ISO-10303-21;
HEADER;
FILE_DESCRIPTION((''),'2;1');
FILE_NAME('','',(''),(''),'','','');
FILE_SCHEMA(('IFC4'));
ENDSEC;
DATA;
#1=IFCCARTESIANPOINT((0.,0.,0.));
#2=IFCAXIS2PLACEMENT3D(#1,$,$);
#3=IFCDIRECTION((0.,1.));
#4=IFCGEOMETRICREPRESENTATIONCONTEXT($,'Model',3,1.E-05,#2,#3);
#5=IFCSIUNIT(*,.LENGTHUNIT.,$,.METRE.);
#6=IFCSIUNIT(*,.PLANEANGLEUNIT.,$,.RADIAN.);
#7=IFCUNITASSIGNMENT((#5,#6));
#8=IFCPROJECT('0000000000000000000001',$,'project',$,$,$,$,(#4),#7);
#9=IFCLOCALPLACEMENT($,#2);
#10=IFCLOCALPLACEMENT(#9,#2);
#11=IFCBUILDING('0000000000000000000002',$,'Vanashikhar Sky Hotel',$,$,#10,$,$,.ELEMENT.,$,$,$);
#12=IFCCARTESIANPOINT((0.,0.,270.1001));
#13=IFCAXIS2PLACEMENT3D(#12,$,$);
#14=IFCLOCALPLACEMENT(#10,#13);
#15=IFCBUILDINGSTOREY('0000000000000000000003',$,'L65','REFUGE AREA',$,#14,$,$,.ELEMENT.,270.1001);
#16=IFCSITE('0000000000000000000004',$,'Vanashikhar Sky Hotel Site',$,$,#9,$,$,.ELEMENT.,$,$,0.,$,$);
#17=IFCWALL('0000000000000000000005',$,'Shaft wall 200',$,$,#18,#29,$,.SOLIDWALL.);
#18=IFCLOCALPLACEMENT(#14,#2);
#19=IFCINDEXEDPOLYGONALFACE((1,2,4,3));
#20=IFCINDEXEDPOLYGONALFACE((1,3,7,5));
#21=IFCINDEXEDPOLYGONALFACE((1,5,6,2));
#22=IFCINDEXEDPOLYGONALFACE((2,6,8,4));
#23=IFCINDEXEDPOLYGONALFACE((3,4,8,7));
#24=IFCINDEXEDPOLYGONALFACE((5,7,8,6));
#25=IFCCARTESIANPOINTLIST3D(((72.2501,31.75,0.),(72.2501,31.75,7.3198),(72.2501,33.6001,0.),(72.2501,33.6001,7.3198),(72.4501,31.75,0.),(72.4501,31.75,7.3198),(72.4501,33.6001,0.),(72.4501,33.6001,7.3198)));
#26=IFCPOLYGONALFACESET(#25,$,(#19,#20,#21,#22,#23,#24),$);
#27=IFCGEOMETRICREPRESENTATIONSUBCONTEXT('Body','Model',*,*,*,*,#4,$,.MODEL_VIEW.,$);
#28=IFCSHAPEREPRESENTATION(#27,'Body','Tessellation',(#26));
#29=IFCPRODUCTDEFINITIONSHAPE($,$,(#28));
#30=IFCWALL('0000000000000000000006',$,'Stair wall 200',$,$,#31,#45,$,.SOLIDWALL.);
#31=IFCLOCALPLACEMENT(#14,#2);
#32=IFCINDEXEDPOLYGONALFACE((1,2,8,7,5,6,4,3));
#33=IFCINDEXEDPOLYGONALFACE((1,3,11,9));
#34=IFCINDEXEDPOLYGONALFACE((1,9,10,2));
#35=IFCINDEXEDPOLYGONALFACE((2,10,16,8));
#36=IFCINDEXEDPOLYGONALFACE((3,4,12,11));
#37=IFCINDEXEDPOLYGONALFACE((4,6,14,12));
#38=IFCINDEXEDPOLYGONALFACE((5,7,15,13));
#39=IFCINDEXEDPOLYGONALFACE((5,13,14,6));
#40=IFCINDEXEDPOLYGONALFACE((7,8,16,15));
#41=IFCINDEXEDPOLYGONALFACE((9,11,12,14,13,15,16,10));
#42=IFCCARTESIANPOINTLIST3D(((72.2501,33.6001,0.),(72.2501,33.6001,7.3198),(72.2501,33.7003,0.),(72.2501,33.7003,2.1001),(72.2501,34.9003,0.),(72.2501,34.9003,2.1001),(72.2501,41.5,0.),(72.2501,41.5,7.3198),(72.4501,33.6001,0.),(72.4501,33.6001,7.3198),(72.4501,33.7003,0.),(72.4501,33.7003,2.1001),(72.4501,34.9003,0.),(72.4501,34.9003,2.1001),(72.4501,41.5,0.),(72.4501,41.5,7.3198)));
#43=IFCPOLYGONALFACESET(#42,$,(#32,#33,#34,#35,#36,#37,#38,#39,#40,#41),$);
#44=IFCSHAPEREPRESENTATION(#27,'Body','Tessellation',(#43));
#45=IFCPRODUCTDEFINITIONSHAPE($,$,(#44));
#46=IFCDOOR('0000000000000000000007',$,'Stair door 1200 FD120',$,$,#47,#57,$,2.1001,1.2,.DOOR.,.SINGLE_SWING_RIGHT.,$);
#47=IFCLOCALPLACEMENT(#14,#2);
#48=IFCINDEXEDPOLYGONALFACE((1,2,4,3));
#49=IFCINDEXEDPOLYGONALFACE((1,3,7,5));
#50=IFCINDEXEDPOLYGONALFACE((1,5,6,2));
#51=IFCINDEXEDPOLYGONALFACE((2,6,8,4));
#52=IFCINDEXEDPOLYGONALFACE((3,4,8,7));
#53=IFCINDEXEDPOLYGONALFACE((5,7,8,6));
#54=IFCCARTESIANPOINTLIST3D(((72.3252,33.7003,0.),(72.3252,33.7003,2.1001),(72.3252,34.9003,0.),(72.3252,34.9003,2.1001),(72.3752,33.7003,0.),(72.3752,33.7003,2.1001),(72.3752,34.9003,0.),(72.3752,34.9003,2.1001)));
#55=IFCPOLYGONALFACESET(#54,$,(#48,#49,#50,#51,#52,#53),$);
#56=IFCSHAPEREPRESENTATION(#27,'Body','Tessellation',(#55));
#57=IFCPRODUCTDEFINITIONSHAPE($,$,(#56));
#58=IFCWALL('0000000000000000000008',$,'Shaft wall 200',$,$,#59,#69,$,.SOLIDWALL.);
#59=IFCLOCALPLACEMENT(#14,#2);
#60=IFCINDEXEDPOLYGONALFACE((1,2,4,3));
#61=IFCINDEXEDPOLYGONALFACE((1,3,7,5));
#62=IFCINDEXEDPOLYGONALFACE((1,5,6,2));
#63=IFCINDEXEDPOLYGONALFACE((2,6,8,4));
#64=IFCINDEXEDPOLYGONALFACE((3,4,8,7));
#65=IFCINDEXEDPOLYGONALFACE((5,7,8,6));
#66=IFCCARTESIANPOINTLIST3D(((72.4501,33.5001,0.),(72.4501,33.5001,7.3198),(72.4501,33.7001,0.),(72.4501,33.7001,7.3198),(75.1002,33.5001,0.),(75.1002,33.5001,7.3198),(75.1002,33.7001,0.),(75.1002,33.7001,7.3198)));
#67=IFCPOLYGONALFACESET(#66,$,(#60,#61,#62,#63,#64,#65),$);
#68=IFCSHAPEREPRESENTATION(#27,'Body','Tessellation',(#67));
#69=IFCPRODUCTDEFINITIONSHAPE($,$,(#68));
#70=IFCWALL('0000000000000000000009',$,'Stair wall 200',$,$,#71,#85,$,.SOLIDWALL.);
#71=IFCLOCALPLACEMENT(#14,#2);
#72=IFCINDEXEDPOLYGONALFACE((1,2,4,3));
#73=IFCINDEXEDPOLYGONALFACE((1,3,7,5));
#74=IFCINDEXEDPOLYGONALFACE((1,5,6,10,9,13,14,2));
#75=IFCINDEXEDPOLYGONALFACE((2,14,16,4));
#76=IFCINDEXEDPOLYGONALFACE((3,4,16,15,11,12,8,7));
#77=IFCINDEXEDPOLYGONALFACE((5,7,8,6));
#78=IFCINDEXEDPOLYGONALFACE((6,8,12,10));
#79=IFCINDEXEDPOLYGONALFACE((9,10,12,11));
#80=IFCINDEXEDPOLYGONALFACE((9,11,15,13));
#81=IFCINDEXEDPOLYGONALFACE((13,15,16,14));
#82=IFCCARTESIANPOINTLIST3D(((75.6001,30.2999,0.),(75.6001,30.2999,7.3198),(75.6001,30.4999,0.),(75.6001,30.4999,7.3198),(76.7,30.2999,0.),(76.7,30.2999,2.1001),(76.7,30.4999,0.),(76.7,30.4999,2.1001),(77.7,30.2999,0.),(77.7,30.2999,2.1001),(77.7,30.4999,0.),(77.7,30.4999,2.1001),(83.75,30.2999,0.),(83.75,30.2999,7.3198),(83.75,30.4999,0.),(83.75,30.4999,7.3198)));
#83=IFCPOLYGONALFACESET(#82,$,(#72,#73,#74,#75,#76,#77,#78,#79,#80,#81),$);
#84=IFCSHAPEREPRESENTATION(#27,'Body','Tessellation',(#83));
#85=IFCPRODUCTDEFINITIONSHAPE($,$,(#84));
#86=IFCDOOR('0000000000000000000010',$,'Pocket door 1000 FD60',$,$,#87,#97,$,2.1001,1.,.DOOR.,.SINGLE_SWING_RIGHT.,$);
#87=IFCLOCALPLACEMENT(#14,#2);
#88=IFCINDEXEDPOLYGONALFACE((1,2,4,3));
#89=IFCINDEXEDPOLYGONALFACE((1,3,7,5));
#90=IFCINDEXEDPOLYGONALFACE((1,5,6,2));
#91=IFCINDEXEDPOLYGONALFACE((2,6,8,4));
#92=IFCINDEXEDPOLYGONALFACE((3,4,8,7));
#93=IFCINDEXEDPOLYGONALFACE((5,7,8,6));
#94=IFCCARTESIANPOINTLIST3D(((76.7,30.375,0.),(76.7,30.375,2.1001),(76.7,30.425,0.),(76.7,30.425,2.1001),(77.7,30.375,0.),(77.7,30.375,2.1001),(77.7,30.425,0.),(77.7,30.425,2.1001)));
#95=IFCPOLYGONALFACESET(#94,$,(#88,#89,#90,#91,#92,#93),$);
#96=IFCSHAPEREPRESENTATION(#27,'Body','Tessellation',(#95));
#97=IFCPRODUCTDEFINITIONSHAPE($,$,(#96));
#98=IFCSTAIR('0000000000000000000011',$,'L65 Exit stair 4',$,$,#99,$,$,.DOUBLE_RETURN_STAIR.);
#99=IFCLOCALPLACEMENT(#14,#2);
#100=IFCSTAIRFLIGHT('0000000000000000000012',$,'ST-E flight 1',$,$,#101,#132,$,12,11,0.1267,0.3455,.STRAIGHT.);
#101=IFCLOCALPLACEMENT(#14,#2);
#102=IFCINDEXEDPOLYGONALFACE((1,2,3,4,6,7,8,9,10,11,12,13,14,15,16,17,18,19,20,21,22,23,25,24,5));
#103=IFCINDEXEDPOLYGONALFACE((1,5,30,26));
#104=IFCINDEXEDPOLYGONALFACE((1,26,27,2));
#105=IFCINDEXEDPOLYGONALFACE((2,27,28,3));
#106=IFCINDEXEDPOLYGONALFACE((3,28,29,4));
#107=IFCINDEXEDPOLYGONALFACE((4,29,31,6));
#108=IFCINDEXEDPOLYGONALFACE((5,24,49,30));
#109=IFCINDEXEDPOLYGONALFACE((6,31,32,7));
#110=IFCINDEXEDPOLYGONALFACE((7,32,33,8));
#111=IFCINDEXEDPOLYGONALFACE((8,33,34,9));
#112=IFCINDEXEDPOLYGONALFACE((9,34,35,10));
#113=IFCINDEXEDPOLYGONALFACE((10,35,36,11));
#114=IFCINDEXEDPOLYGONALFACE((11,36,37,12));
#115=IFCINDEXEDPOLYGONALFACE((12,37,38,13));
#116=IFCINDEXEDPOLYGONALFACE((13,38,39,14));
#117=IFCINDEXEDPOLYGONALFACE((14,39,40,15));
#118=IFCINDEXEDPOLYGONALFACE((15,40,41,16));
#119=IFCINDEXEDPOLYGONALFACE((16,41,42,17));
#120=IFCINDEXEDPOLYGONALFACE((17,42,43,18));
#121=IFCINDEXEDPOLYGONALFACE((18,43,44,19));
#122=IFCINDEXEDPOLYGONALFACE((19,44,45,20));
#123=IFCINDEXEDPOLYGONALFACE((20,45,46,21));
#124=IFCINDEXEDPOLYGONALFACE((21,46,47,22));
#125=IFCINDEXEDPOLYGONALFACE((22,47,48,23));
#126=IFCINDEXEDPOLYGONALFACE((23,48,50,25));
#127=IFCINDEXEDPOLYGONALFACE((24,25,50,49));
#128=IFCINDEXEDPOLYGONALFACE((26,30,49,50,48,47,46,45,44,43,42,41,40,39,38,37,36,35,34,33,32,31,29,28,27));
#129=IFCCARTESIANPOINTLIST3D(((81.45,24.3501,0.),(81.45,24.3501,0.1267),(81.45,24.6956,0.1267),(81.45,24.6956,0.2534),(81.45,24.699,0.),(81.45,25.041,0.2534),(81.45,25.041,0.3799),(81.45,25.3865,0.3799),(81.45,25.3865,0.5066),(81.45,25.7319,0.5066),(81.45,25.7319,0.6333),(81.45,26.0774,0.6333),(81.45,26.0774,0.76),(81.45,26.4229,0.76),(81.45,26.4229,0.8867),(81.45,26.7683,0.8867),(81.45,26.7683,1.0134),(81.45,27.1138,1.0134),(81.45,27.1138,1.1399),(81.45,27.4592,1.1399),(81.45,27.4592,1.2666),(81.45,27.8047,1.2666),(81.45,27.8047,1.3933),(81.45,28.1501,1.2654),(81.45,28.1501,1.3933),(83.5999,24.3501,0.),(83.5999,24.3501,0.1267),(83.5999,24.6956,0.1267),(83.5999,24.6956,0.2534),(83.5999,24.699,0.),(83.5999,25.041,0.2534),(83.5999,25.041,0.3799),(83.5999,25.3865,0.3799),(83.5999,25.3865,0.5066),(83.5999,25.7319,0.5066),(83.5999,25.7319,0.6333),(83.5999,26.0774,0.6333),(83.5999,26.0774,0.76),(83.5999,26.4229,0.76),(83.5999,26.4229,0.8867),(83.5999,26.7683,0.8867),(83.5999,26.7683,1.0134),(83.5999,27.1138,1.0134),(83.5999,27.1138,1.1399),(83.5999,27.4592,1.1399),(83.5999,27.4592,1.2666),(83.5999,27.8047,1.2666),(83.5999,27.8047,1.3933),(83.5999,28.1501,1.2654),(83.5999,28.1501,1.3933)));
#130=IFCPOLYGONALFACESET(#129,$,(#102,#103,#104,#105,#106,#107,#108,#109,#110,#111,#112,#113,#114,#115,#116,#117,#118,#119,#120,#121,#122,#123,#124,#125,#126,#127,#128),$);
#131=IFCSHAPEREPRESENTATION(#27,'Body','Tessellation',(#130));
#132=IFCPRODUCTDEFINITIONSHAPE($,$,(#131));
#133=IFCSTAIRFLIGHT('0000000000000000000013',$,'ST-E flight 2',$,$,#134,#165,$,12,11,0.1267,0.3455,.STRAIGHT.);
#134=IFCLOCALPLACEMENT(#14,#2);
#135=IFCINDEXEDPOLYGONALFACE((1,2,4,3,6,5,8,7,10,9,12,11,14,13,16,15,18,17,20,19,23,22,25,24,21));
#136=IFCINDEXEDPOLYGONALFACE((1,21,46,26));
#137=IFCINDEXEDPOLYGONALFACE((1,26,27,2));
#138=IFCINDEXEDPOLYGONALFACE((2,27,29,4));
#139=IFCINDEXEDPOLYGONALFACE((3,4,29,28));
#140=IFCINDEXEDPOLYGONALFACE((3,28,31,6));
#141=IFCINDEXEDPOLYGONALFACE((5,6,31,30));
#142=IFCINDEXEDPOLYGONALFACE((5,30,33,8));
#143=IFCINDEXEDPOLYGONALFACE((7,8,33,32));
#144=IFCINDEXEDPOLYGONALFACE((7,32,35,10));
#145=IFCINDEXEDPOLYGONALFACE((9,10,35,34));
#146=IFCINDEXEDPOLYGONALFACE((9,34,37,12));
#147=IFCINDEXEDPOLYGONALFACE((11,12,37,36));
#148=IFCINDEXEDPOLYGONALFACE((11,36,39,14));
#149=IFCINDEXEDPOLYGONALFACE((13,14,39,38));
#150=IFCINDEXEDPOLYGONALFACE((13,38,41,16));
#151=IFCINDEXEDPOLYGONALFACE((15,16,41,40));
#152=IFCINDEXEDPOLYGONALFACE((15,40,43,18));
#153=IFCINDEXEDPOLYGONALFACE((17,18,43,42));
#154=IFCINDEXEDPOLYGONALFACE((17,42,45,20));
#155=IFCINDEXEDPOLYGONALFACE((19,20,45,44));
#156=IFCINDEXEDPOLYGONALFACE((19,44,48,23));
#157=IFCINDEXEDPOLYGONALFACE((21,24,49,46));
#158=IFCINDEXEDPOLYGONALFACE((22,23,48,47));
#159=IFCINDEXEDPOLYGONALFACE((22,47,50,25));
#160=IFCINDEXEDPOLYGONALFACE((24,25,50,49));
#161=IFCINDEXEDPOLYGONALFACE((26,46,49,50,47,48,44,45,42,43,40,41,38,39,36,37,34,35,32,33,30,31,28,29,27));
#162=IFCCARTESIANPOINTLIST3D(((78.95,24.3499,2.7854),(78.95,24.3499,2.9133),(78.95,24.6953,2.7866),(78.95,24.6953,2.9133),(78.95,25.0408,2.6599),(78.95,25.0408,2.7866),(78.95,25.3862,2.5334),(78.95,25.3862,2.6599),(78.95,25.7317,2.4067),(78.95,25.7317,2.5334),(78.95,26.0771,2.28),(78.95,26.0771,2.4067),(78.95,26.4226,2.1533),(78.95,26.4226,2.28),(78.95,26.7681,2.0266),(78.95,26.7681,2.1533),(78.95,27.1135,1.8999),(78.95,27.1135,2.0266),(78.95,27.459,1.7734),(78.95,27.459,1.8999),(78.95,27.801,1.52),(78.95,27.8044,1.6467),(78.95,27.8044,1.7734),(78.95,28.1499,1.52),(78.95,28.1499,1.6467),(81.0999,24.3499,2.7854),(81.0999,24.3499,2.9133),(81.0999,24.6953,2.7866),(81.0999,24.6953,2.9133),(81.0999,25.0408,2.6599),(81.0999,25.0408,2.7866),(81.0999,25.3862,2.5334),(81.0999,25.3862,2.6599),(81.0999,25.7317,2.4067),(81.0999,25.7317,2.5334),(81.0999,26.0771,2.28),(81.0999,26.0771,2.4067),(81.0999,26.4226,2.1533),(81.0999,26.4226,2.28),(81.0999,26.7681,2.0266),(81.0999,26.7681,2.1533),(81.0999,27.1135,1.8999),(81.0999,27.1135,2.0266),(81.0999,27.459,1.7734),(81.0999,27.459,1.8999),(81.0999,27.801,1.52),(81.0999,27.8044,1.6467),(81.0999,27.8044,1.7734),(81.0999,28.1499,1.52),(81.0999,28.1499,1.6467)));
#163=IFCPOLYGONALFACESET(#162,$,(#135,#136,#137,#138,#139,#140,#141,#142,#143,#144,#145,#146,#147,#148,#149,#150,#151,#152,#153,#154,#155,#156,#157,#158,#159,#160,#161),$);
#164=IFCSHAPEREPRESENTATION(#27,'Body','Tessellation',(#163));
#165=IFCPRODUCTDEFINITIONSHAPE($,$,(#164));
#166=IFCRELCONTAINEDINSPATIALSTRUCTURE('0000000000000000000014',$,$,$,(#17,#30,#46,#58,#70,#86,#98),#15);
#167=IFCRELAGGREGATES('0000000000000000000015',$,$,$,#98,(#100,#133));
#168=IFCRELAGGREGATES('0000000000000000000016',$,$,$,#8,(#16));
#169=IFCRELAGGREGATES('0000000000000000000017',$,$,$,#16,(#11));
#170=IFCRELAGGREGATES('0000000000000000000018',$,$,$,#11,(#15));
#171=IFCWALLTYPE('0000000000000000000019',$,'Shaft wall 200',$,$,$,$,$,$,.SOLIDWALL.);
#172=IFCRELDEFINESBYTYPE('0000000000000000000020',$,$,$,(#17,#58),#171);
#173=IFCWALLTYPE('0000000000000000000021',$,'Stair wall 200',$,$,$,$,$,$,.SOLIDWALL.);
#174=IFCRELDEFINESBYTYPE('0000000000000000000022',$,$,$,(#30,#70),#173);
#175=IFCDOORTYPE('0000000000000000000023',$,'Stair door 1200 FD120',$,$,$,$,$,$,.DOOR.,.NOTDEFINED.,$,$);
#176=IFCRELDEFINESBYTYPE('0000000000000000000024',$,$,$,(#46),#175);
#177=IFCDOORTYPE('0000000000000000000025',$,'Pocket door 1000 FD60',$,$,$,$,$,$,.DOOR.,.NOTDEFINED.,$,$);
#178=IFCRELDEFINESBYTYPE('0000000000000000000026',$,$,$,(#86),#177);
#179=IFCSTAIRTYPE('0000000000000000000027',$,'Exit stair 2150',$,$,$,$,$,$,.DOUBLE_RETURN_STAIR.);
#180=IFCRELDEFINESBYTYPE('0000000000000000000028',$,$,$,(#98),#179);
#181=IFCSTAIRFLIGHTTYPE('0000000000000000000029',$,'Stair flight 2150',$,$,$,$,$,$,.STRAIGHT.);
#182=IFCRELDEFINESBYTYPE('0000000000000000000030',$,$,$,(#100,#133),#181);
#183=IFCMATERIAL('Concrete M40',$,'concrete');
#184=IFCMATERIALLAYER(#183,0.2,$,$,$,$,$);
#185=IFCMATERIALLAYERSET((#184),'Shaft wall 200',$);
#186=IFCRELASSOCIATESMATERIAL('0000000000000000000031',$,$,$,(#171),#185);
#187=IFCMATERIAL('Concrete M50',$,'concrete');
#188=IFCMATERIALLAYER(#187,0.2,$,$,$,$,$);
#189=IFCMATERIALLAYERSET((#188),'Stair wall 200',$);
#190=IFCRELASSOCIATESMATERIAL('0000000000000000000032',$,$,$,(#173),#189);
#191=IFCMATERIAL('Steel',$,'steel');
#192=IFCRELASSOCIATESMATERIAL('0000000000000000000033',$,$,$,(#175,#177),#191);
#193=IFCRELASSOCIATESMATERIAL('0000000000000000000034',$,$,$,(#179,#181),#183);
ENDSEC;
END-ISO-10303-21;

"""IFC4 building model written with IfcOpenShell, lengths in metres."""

from ifc_helpers import new_model, si_unit, direction, frame, frame_2d, origin, place, context, subcontext, project, spatial, polyline, rectangle, outline, extrude, source, transform, mapped, material, layer, layer_set, type_object, element, fill, aggregate, save


model = new_model("IFC4")

# Units and contexts
model_context = context("Model", 3, precision=1e-05, world=origin(), true_north=direction((0.0, 1.0)))
body_context = subcontext(model_context, "Body", "Model", "MODEL_VIEW")
ifc_project = project(units=[si_unit("LENGTHUNIT", "METRE"), si_unit("PLANEANGLEUNIT", "RADIAN")], contexts=[model_context])

# Site, building, storey
site_placement = place(None, origin())
site = spatial("IfcSite", under=ifc_project, at=site_placement, Name="Vanashikhar Sky Hotel Site", CompositionType="ELEMENT", RefElevation=0.0)
building_placement = place(site_placement, origin())
building = spatial("IfcBuilding", under=site, at=building_placement, Name="Vanashikhar Sky Hotel", CompositionType="ELEMENT")
storey_placement = place(building_placement, frame((0.0, 0.0, 270.1001)))
storey = spatial("IfcBuildingStorey", under=building, at=storey_placement, Name="L65", Description="REFUGE AREA", CompositionType="ELEMENT", Elevation=270.1001)

# Wall
ifc_material_1 = material(Name="Concrete M40", Category="concrete")
ifc_layer_1 = layer(ifc_material_1, 0.2)
ifc_layer_set_1 = layer_set([ifc_layer_1], Name="Shaft wall 200")
wall_type_1 = type_object("IfcWallType", Name="Shaft wall 200", PredefinedType="SOLIDWALL", material=ifc_layer_set_1)
shared_shape_1 = source(origin(), body_context, "Body", "SweptSolid", [
    extrude(rectangle(XDim=1.8501, YDim=0.2, at=frame_2d((0.925, 0.0))), origin(), (0.0, 0.0, 1.0), 7.3198),
])
wall_1_placement = place(storey_placement, frame((72.3501, 31.75, 0.0), z_axis=(0.0, 0.0, 1.0), x_axis=(0.0, 1.0, 0.0)))
element("IfcWall", 1, at=wall_1_placement, inside=storey, type_object=wall_type_1, Name="Shaft wall 200", PredefinedType="SOLIDWALL", context=body_context, shape_type="MappedRepresentation", body=[
    mapped(shared_shape_1, transform((0.0, 0.0, 0.0), scale=1.0)),
])

# Wall, opening, door
ifc_material_2 = material(Name="Concrete M50", Category="concrete")
ifc_layer_2 = layer(ifc_material_2, 0.2)
ifc_layer_set_2 = layer_set([ifc_layer_2], Name="Stair wall 200")
wall_type_2 = type_object("IfcWallType", Name="Stair wall 200", PredefinedType="SOLIDWALL", material=ifc_layer_set_2)
shared_shape_2 = source(origin(), body_context, "Body", "SweptSolid", [
    extrude(rectangle(XDim=7.8999, YDim=0.2, at=frame_2d((3.95, 0.0))), origin(), (0.0, 0.0, 1.0), 7.3198),
])
wall_2_placement = place(storey_placement, frame((72.3501, 33.6001, 0.0), z_axis=(0.0, 0.0, 1.0), x_axis=(0.0, 1.0, 0.0)))
wall_2 = element("IfcWall", 2, at=wall_2_placement, inside=storey, type_object=wall_type_2, Name="Stair wall 200", PredefinedType="SOLIDWALL", context=body_context, shape_type="MappedRepresentation", body=[
    mapped(shared_shape_2, transform((0.0, 0.0, 0.0), scale=1.0)),
])
shared_shape_3 = source(origin(), body_context, "Body", "SweptSolid", [
    extrude(rectangle(XDim=1.2, YDim=2.1001, at=frame_2d((0.6001, 1.05))), frame((0.0, 0.1099, 0.0), z_axis=(0.0, -1.0, 0.0), x_axis=(1.0, 0.0, 0.0)), (0.0, 0.0, 1.0), 0.22),
])
opening_1_placement = place(wall_2_placement, frame((0.1001, 0.0, 0.0)))
opening_1 = element("IfcOpeningElement", 3, at=opening_1_placement, cuts=wall_2, PredefinedType="OPENING", context=body_context, shape_type="MappedRepresentation", body=[
    mapped(shared_shape_3, transform((0.0, 0.0, 0.0), scale=1.0)),
])
ifc_material_3 = material(Name="Steel", Category="steel")
door_type_1 = type_object("IfcDoorType", Name="Stair door 1200 FD120", OperationType="NOTDEFINED", PredefinedType="DOOR", material=ifc_material_3)
shared_shape_4 = source(origin(), body_context, "Body", "SweptSolid", [
    extrude(rectangle(XDim=1.2, YDim=2.1001, at=frame_2d((0.6001, 1.05))), frame((0.0, 0.0249, 0.0), z_axis=(0.0, -1.0, 0.0), x_axis=(1.0, 0.0, 0.0)), (0.0, 0.0, 1.0), 0.05),
])
door_1_placement = place(opening_1_placement, origin())
door_1 = element("IfcDoor", 4, at=door_1_placement, inside=storey, type_object=door_type_1, Name="Stair door 1200 FD120", OperationType="SINGLE_SWING_RIGHT", OverallHeight=2.1001, OverallWidth=1.2, PredefinedType="DOOR", context=body_context, shape_type="MappedRepresentation", body=[
    mapped(shared_shape_4, transform((0.0, 0.0, 0.0), scale=1.0)),
])
fill(opening_1, door_1)

# Wall
shared_shape_5 = source(origin(), body_context, "Body", "SweptSolid", [
    extrude(rectangle(XDim=2.6501, YDim=0.2, at=frame_2d((1.3252, 0.0))), origin(), (0.0, 0.0, 1.0), 7.3198),
])
wall_3_placement = place(storey_placement, frame((72.45, 33.6001, 0.0), z_axis=(0.0, 0.0, 1.0), x_axis=(1.0, 0.0, 0.0)))
element("IfcWall", 5, at=wall_3_placement, inside=storey, type_object=wall_type_1, Name="Shaft wall 200", PredefinedType="SOLIDWALL", context=body_context, shape_type="MappedRepresentation", body=[
    mapped(shared_shape_5, transform((0.0, 0.0, 0.0), scale=1.0)),
])

# Wall, opening, door
shared_shape_6 = source(origin(), body_context, "Body", "SweptSolid", [
    extrude(rectangle(XDim=8.1499, YDim=0.2, at=frame_2d((4.075, 0.0))), origin(), (0.0, 0.0, 1.0), 7.3198),
])
wall_4_placement = place(storey_placement, frame((83.75, 30.3999, 0.0), z_axis=(0.0, 0.0, 1.0), x_axis=(-1.0, 0.0, 0.0)))
wall_4 = element("IfcWall", 6, at=wall_4_placement, inside=storey, type_object=wall_type_2, Name="Stair wall 200", PredefinedType="SOLIDWALL", context=body_context, shape_type="MappedRepresentation", body=[
    mapped(shared_shape_6, transform((0.0, 0.0, 0.0), scale=1.0)),
])
shared_shape_7 = source(origin(), body_context, "Body", "SweptSolid", [
    extrude(rectangle(XDim=1.0, YDim=2.1001, at=frame_2d((0.5, 1.05))), frame((0.0, 0.1099, 0.0), z_axis=(0.0, -1.0, 0.0), x_axis=(1.0, 0.0, 0.0)), (0.0, 0.0, 1.0), 0.22),
])
opening_2_placement = place(wall_4_placement, frame((6.05, 0.0, 0.0)))
opening_2 = element("IfcOpeningElement", 7, at=opening_2_placement, cuts=wall_4, PredefinedType="OPENING", context=body_context, shape_type="MappedRepresentation", body=[
    mapped(shared_shape_7, transform((0.0, 0.0, 0.0), scale=1.0)),
])
door_type_2 = type_object("IfcDoorType", Name="Pocket door 1000 FD60", OperationType="NOTDEFINED", PredefinedType="DOOR", material=ifc_material_3)
shared_shape_8 = source(origin(), body_context, "Body", "SweptSolid", [
    extrude(rectangle(XDim=1.0, YDim=2.1001, at=frame_2d((0.5, 1.05))), frame((0.0, 0.0249, 0.0), z_axis=(0.0, -1.0, 0.0), x_axis=(1.0, 0.0, 0.0)), (0.0, 0.0, 1.0), 0.05),
])
door_2_placement = place(opening_2_placement, origin())
door_2 = element("IfcDoor", 8, at=door_2_placement, inside=storey, type_object=door_type_2, Name="Pocket door 1000 FD60", OperationType="SINGLE_SWING_RIGHT", OverallHeight=2.1001, OverallWidth=1.0, PredefinedType="DOOR", context=body_context, shape_type="MappedRepresentation", body=[
    mapped(shared_shape_8, transform((0.0, 0.0, 0.0), scale=1.0)),
])
fill(opening_2, door_2)

# Stair, stair flights
stair_type = type_object("IfcStairType", Name="Exit stair 2150", PredefinedType="DOUBLE_RETURN_STAIR", material=ifc_material_1)
stair_placement = place(storey_placement, origin())
stair = element("IfcStair", 9, at=stair_placement, inside=storey, type_object=stair_type, Name="L65 Exit stair 4", PredefinedType="DOUBLE_RETURN_STAIR")
stair_flight_type = type_object("IfcStairFlightType", Name="Stair flight 2150", PredefinedType="STRAIGHT", material=ifc_material_1)
shared_shape_9 = source(origin(), body_context, "Body", "SweptSolid", [
    extrude(outline(polyline([(0.0, 0.0), (0.0, 0.1267), (0.3455, 0.1267), (0.3455, 0.2534), (0.6909, 0.2534), (0.6909, 0.3799), (1.0364, 0.3799), (1.0364, 0.5066), (1.3818, 0.5066), (1.3818, 0.6333), (1.7273, 0.6333), (1.7273, 0.76), (2.0728, 0.76), (2.0728, 0.8867), (2.4182, 0.8867), (2.4182, 1.0134), (2.7637, 1.0134), (2.7637, 1.1399), (3.1091, 1.1399), (3.1091, 1.2666), (3.4546, 1.2666), (3.4546, 1.3933), (3.8, 1.3933), (3.8, 1.52), (3.8, 1.2654), (0.3489, 0.0), (0.0, 0.0)])), frame((0.0, 1.075, 0.0), z_axis=(0.0, -1.0, 0.0), x_axis=(1.0, 0.0, 0.0)), (0.0, 0.0, 1.0), 2.1499),
])
stair_flight_1_placement = place(storey_placement, frame((82.5249, 24.3501, 0.0), z_axis=(0.0, 0.0, 1.0), x_axis=(0.0, 1.0, 0.0)))
stair_flight_1 = element("IfcStairFlight", 10, at=stair_flight_1_placement, type_object=stair_flight_type, Name="ST-E flight 1", NumberOfRisers=12, NumberOfTreads=11, PredefinedType="STRAIGHT", RiserHeight=0.1267, TreadLength=0.3455, context=body_context, shape_type="MappedRepresentation", body=[
    mapped(shared_shape_9, transform((0.0, 0.0, 0.0), scale=1.0)),
])
stair_flight_2_placement = place(storey_placement, frame((80.0249, 28.1499, 1.52), z_axis=(0.0, 0.0, 1.0), x_axis=(0.0, -1.0, 0.0)))
stair_flight_2 = element("IfcStairFlight", 11, at=stair_flight_2_placement, type_object=stair_flight_type, Name="ST-E flight 2", NumberOfRisers=12, NumberOfTreads=11, PredefinedType="STRAIGHT", RiserHeight=0.1267, TreadLength=0.3455, context=body_context, shape_type="MappedRepresentation", body=[
    mapped(shared_shape_9, transform((0.0, 0.0, 0.0), scale=1.0)),
])
aggregate(stair, [stair_flight_1, stair_flight_2])

save(model, "model.ifc")
